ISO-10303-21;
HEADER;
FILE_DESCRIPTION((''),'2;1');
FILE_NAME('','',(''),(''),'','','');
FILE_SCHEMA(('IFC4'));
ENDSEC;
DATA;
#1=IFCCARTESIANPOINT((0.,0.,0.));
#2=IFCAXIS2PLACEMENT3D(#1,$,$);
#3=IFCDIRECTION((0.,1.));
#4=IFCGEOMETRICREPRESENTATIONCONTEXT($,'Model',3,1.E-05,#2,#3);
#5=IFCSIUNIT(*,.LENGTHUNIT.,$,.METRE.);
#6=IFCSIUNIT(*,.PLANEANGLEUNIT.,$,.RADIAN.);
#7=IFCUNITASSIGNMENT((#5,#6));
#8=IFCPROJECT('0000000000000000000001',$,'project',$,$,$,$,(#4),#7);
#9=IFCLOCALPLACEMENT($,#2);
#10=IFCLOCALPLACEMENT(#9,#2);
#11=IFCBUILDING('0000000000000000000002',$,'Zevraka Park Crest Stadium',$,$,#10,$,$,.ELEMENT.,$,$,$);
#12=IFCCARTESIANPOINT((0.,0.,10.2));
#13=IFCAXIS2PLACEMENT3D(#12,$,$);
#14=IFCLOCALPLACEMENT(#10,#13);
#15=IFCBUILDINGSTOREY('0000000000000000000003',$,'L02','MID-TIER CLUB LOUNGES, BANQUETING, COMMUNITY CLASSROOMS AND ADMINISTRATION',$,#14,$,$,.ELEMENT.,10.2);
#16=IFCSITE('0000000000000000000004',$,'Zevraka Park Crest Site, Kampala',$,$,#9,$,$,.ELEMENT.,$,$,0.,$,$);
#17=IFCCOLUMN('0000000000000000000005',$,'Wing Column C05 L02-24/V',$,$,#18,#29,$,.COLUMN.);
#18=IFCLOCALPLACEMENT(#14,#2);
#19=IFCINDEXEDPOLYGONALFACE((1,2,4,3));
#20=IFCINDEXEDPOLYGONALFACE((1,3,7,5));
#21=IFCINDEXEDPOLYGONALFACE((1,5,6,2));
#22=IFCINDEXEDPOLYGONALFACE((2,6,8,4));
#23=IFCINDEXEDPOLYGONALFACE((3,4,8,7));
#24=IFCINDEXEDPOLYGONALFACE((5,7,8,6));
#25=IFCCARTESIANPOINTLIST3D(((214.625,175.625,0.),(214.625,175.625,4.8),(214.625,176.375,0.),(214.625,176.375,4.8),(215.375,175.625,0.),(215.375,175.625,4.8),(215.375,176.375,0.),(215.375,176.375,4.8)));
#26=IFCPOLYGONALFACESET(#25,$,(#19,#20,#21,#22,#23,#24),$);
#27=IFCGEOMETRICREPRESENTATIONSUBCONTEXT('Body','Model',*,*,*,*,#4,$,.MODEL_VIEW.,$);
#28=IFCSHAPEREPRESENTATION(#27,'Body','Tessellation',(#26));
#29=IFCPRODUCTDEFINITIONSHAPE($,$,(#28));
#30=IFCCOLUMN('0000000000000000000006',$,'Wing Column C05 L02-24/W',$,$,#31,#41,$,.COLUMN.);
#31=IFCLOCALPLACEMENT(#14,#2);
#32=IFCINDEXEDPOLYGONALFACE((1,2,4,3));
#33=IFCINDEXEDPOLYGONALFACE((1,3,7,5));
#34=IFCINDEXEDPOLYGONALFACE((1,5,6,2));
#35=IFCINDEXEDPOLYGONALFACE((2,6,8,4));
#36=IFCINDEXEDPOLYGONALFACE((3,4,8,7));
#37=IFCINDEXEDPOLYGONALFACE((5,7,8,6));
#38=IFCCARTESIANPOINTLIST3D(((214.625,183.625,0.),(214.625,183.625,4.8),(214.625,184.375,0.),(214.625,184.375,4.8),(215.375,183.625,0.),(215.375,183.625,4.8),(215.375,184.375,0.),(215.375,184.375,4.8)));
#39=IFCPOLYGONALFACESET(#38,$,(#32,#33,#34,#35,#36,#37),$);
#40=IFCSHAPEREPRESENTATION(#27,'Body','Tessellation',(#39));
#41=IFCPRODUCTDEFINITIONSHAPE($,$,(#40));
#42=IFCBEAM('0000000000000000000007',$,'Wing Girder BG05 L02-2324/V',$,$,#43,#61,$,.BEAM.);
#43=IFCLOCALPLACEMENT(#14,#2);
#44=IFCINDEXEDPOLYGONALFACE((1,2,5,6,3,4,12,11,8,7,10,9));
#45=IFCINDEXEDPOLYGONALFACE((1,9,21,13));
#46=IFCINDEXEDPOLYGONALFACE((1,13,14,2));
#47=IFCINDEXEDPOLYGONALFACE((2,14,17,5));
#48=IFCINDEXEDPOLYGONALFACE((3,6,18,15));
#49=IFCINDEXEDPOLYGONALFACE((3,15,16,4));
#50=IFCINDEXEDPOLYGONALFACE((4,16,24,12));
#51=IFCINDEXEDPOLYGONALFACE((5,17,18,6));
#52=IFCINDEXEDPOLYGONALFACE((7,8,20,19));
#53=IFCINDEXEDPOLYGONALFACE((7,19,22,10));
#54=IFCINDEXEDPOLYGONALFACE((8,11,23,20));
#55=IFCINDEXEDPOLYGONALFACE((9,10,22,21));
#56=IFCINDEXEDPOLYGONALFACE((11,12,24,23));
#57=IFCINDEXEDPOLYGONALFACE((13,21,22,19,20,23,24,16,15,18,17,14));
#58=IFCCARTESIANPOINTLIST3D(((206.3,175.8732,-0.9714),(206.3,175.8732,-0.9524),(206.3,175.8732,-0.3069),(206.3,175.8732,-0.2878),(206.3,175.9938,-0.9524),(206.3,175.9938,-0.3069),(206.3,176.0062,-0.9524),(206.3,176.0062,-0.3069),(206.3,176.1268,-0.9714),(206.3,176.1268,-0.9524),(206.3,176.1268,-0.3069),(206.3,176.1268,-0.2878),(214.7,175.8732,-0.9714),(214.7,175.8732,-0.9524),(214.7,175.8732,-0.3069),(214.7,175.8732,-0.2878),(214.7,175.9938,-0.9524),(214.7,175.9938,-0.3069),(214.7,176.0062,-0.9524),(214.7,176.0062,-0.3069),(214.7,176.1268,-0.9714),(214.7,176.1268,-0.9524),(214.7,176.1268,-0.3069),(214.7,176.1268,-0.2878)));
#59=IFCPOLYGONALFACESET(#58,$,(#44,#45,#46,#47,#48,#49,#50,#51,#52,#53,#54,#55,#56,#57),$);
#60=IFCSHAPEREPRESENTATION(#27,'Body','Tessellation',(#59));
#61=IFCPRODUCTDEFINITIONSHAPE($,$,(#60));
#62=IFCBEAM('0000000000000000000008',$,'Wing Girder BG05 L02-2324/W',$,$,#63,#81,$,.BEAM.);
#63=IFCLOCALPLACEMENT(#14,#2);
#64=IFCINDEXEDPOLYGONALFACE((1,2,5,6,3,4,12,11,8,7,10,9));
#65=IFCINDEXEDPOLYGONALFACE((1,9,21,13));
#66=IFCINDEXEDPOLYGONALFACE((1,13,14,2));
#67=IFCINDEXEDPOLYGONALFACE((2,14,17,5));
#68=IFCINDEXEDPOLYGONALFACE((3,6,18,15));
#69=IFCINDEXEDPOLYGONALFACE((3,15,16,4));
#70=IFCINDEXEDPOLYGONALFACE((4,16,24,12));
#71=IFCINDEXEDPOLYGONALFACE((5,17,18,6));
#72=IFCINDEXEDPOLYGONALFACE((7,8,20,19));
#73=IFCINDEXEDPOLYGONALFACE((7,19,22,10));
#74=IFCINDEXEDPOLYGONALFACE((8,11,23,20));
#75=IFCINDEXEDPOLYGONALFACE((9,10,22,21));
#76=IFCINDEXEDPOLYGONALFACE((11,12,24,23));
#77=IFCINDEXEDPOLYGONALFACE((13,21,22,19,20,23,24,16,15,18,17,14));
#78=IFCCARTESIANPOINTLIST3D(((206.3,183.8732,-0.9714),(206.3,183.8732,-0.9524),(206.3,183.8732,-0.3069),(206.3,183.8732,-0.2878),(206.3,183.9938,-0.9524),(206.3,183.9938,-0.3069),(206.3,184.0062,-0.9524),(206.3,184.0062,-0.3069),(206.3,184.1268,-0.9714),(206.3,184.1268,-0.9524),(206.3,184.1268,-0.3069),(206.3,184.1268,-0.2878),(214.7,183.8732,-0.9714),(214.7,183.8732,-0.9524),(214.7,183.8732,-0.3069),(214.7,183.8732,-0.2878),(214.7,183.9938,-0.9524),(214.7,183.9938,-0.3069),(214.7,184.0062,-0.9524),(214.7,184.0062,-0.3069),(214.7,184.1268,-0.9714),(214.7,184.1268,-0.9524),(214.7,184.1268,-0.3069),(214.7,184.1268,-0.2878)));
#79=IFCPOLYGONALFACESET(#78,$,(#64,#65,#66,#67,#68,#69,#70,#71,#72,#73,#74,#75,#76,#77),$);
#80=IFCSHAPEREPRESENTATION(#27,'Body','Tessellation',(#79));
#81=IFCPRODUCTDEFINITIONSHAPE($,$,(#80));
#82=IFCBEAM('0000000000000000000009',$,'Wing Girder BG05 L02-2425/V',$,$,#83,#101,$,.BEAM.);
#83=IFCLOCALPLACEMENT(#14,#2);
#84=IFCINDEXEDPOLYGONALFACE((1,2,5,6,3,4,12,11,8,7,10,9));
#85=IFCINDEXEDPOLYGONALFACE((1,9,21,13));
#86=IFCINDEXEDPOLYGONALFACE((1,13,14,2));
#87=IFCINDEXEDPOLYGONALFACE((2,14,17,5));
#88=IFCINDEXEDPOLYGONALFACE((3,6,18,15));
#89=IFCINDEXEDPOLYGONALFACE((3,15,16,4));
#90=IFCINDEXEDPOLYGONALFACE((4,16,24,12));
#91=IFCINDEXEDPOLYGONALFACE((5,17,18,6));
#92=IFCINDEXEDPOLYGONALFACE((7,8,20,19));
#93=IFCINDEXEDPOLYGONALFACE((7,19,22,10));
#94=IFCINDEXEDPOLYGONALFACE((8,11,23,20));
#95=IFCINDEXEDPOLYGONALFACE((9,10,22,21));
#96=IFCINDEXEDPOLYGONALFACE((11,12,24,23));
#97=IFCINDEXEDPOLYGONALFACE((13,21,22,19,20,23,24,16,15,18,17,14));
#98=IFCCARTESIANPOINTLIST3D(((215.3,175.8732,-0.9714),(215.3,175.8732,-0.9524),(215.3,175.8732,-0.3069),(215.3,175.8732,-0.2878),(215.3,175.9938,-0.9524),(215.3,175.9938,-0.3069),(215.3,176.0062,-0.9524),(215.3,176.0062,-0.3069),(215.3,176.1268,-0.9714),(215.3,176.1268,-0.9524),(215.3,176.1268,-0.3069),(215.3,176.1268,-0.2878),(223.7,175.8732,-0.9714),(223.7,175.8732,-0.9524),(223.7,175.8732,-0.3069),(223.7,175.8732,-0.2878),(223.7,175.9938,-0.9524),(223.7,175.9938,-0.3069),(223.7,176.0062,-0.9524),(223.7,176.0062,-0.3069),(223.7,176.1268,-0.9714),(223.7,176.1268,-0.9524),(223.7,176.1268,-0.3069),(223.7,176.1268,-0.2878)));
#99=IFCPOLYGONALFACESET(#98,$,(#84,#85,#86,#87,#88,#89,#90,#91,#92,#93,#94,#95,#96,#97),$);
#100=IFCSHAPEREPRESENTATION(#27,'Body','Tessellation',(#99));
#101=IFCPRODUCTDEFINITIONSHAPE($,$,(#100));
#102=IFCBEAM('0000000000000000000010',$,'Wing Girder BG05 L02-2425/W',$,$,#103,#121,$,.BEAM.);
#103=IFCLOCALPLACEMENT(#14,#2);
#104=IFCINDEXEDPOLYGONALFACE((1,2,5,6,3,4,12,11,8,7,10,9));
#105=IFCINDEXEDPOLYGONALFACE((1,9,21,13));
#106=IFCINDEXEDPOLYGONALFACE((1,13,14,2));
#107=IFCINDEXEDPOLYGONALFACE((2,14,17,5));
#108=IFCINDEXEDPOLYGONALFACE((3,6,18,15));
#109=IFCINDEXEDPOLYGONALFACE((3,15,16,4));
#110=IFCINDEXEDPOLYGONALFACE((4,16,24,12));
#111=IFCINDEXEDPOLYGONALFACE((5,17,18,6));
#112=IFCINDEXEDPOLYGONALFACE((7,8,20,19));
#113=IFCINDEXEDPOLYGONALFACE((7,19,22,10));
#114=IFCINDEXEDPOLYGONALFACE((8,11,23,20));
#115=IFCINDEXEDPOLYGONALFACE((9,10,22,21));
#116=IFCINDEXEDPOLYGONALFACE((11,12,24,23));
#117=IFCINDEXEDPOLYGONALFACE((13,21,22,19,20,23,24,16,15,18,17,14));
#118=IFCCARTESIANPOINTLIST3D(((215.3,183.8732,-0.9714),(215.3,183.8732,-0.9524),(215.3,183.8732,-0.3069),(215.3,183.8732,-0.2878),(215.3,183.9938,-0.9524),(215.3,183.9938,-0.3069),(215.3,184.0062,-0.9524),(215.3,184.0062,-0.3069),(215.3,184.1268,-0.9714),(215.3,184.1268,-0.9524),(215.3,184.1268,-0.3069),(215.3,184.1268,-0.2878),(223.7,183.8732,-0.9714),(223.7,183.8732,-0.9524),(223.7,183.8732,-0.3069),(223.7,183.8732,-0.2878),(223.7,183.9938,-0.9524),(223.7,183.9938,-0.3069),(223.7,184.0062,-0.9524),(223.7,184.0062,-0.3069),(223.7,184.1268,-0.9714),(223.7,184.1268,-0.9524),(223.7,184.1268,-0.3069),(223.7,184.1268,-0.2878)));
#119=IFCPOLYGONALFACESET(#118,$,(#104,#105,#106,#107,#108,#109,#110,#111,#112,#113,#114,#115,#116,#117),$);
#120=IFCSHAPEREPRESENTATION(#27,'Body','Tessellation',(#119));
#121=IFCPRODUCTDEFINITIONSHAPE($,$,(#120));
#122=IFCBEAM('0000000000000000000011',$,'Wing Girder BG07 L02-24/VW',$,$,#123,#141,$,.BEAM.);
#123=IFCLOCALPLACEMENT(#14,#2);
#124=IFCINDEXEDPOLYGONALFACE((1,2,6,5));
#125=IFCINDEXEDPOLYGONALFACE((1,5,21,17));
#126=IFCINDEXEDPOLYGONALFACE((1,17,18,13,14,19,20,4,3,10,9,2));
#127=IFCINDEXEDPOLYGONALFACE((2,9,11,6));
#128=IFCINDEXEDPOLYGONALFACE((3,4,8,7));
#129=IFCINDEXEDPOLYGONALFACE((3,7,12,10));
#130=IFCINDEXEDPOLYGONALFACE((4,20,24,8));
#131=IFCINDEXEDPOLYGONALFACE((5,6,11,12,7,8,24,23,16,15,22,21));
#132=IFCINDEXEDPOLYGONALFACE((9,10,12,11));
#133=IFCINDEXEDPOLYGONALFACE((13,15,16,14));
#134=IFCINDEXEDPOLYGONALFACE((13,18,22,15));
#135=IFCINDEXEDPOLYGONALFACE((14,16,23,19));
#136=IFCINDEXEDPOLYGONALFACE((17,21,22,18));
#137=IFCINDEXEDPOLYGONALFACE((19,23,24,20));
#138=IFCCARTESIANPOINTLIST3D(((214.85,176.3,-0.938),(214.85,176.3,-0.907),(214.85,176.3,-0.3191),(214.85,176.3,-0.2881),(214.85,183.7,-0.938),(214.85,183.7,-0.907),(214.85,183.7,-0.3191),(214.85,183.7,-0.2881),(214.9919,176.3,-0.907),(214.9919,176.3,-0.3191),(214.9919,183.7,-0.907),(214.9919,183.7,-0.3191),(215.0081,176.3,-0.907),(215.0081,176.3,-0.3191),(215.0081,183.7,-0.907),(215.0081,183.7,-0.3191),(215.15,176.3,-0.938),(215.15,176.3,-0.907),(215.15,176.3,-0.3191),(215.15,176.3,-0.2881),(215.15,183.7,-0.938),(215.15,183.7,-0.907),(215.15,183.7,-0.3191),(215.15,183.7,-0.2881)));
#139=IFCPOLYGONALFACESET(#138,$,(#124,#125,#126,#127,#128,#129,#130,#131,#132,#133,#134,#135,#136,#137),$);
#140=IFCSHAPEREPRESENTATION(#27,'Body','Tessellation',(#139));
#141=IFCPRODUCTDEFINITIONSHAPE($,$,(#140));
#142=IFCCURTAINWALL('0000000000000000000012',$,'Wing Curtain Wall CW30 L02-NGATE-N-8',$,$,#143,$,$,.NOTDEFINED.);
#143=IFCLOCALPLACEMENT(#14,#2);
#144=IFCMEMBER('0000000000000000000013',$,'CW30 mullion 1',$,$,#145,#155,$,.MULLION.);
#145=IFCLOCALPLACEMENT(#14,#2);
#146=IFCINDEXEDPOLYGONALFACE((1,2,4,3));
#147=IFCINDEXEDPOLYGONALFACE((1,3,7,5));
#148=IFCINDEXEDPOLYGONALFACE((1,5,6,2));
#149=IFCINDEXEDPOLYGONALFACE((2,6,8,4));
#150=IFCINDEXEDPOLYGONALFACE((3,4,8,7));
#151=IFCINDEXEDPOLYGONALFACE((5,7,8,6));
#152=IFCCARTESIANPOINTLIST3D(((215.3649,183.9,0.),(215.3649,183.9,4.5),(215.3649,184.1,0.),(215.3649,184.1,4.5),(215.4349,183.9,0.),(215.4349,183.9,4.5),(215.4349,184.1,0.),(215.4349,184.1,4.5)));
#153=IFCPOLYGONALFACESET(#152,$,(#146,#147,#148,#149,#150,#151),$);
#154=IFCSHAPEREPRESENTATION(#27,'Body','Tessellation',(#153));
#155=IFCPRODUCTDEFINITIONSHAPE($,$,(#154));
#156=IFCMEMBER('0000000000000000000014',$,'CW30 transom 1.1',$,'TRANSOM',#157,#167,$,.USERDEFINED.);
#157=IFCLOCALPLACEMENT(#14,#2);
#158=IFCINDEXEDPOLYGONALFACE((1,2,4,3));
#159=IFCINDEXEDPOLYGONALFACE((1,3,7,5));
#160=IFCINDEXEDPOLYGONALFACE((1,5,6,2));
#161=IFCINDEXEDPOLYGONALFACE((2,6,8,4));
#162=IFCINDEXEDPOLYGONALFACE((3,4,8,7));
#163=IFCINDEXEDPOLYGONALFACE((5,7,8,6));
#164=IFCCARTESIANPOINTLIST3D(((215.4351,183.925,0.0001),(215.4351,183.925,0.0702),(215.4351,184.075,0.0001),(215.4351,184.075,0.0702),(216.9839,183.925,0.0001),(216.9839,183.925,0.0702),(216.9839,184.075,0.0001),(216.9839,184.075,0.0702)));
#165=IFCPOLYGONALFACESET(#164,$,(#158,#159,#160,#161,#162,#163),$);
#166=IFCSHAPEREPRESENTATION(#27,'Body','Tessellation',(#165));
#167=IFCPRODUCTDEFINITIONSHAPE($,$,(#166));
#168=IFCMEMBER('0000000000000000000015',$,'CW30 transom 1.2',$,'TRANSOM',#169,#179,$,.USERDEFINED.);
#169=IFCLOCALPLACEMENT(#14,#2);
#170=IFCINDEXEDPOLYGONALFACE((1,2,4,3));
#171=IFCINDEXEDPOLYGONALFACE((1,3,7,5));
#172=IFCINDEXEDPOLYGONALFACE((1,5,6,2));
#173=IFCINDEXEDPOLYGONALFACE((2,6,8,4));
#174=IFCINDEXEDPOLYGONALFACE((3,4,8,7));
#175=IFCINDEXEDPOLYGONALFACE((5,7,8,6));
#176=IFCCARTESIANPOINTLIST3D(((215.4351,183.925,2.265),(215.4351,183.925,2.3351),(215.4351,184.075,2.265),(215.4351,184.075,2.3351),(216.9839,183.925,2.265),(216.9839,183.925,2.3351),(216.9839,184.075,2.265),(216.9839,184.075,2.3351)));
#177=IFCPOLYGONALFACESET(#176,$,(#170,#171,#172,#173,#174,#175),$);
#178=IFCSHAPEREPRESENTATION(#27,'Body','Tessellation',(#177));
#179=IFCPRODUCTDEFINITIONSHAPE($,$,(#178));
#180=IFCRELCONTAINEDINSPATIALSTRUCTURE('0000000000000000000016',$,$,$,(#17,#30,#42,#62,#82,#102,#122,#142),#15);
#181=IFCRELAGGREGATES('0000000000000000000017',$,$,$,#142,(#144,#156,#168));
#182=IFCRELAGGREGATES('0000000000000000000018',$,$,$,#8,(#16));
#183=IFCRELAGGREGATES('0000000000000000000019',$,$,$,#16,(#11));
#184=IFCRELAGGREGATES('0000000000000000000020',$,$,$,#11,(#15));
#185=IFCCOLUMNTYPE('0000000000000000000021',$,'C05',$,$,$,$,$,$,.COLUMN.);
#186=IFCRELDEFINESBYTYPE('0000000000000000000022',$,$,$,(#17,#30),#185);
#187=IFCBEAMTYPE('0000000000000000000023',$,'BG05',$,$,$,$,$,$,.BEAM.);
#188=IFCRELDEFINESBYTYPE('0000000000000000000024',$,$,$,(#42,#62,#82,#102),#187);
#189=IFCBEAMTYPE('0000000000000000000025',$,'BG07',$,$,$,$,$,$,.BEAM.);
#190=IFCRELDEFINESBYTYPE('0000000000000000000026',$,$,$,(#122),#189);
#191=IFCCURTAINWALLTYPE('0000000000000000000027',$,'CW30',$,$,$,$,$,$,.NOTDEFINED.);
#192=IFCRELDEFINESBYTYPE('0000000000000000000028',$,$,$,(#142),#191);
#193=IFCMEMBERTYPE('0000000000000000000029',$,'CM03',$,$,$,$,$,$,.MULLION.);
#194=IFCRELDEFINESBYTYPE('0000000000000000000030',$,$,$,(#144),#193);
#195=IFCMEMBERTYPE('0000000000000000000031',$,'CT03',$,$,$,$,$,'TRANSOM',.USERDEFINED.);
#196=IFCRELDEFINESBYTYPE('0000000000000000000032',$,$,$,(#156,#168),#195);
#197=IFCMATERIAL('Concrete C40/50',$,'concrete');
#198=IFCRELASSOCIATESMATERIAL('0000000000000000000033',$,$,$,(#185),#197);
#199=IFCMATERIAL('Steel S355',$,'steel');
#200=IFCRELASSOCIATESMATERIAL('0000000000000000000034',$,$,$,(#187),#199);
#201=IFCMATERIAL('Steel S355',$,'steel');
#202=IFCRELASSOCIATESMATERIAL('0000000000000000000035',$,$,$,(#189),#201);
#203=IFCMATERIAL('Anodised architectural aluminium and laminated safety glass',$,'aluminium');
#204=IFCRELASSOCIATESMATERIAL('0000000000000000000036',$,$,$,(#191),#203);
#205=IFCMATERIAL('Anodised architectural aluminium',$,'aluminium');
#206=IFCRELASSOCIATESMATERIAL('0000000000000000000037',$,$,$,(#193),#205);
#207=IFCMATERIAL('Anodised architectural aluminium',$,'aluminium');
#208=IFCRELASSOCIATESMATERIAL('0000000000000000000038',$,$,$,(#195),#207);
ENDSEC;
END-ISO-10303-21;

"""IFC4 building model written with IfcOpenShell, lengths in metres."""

from ifc_helpers import new_model, si_unit, direction, frame, origin, origin_2d, place, context, subcontext, project, spatial, rectangle, i_section, extrude, material, material_profile, profile_set, type_object, element, aggregate, save


model = new_model("IFC4")

# Units and contexts
model_context = context("Model", 3, precision=1e-05, world=origin(), true_north=direction((0.0, 1.0)))
body_context = subcontext(model_context, "Body", "Model", "MODEL_VIEW")
ifc_project = project(units=[si_unit("LENGTHUNIT", "METRE"), si_unit("PLANEANGLEUNIT", "RADIAN")], contexts=[model_context])

# Site, building, storey
site_placement = place(None, origin())
site = spatial("IfcSite", under=ifc_project, at=site_placement, Name="Zevraka Park Crest Site, Kampala", CompositionType="ELEMENT", RefElevation=0.0)
building_placement = place(site_placement, origin())
building = spatial("IfcBuilding", under=site, at=building_placement, Name="Zevraka Park Crest Stadium", CompositionType="ELEMENT")
storey_placement = place(building_placement, frame((0.0, 0.0, 10.2)))
storey = spatial("IfcBuildingStorey", under=building, at=storey_placement, Name="L02", Description="MID-TIER CLUB LOUNGES, BANQUETING, COMMUNITY CLASSROOMS AND ADMINISTRATION", CompositionType="ELEMENT", Elevation=10.2)

# Columns
ifc_material_1 = material(Name="Concrete C40/50", Category="concrete")
ifc_material_profile_1 = material_profile(ifc_material_1, rectangle(XDim=0.75, YDim=0.75, at=origin_2d()), Name="RC 750x750")
ifc_profile_set_1 = profile_set([ifc_material_profile_1], Name="Concrete C40/50")
column_type = type_object("IfcColumnType", Name="C05", PredefinedType="COLUMN", material=ifc_profile_set_1)
for number, where, z_axis, x_axis, name in (
    (1, (215.0, 176.0, 0.0), (0.0, 0.0, 1.0), (1.0, 0.0, 0.0), "Wing Column C05 L02-24/V"),
    (2, (215.0, 184.0, 0.0), (0.0, 0.0, 1.0), (1.0, 0.0, 0.0), "Wing Column C05 L02-24/W"),
):
    element("IfcColumn", number, at=place(storey_placement, frame(where, z_axis=z_axis, x_axis=x_axis)), inside=storey, type_object=column_type, Name=name, PredefinedType="COLUMN", context=body_context, shape_type="SweptSolid", body=[
        extrude(rectangle(XDim=0.75, YDim=0.75, at=origin_2d()), origin(), (0.0, 0.0, 1.0), 4.8),
    ])

# Beams
ifc_material_2 = material(Name="Steel S355", Category="steel")
ifc_material_profile_2 = material_profile(ifc_material_2, i_section(OverallWidth=0.2537, OverallDepth=0.6836, WebThickness=0.0125, FlangeThickness=0.019, at=origin_2d()), Name="UKB 686x254x140")
ifc_profile_set_2 = profile_set([ifc_material_profile_2], Name="Steel S355")
beam_type_1 = type_object("IfcBeamType", Name="BG05", PredefinedType="BEAM", material=ifc_profile_set_2)
for number, where, z_axis, x_axis, name in (
    (3, (206.3, 176.0, -0.6296), (1.0, 0.0, 0.0), (0.0, 1.0, 0.0), "Wing Girder BG05 L02-2324/V"),
    (4, (206.3, 184.0, -0.6296), (1.0, 0.0, 0.0), (0.0, 1.0, 0.0), "Wing Girder BG05 L02-2324/W"),
    (5, (215.3, 176.0, -0.6296), (1.0, 0.0, 0.0), (0.0, 1.0, 0.0), "Wing Girder BG05 L02-2425/V"),
    (6, (215.3, 184.0, -0.6296), (1.0, 0.0, 0.0), (0.0, 1.0, 0.0), "Wing Girder BG05 L02-2425/W"),
):
    element("IfcBeam", number, at=place(storey_placement, frame(where, z_axis=z_axis, x_axis=x_axis)), inside=storey, type_object=beam_type_1, Name=name, PredefinedType="BEAM", context=body_context, shape_type="SweptSolid", body=[
        extrude(i_section(OverallWidth=0.2537, OverallDepth=0.6836, WebThickness=0.0125, FlangeThickness=0.019, at=origin_2d()), origin(), (0.0, 0.0, 1.0), 8.3999),
    ])
ifc_material_3 = material(Name="Steel S355", Category="steel")
ifc_material_profile_3 = material_profile(ifc_material_3, i_section(OverallWidth=0.3, OverallDepth=0.6499, WebThickness=0.0161, FlangeThickness=0.031, at=origin_2d()), Name="HEB 650")
ifc_profile_set_3 = profile_set([ifc_material_profile_3], Name="Steel S355")
beam_type_2 = type_object("IfcBeamType", Name="BG07", PredefinedType="BEAM", material=ifc_profile_set_3)
beam_placement = place(storey_placement, frame((215.0, 176.3, -0.613), z_axis=(0.0, 1.0, 0.0), x_axis=(-1.0, 0.0, 0.0)))
element("IfcBeam", 7, at=beam_placement, inside=storey, type_object=beam_type_2, Name="Wing Girder BG07 L02-24/VW", PredefinedType="BEAM", context=body_context, shape_type="SweptSolid", body=[
    extrude(i_section(OverallWidth=0.3, OverallDepth=0.6499, WebThickness=0.0161, FlangeThickness=0.031, at=origin_2d()), origin(), (0.0, 0.0, 1.0), 7.3999),
])

# Curtain wall, members
ifc_material_4 = material(Name="Anodised architectural aluminium and laminated safety glass", Category="aluminium")
curtain_wall_type = type_object("IfcCurtainWallType", Name="CW30", PredefinedType="NOTDEFINED", material=ifc_material_4)
curtain_wall_placement = place(storey_placement, origin())
curtain_wall = element("IfcCurtainWall", 8, at=curtain_wall_placement, inside=storey, type_object=curtain_wall_type, Name="Wing Curtain Wall CW30 L02-NGATE-N-8", PredefinedType="NOTDEFINED")
ifc_material_5 = material(Name="Anodised architectural aluminium", Category="aluminium")
ifc_material_profile_4 = material_profile(ifc_material_5, rectangle(XDim=0.2, YDim=0.0701, at=origin_2d()), Name="ALU MULLION 200x70")
ifc_profile_set_4 = profile_set([ifc_material_profile_4], Name="Anodised architectural aluminium")
member_type_1 = type_object("IfcMemberType", Name="CM03", PredefinedType="MULLION", material=ifc_profile_set_4)
member_1_placement = place(storey_placement, frame((215.3999, 184.0, 0.0), z_axis=(0.0, 0.0, 1.0), x_axis=(0.0, 1.0, 0.0)))
member_1 = element("IfcMember", 9, at=member_1_placement, type_object=member_type_1, Name="CW30 mullion 1", PredefinedType="MULLION", context=body_context, shape_type="SweptSolid", body=[
    extrude(rectangle(XDim=0.2, YDim=0.0701, at=origin_2d()), origin(), (0.0, 0.0, 1.0), 4.5),
])
ifc_material_6 = material(Name="Anodised architectural aluminium", Category="aluminium")
ifc_material_profile_5 = material_profile(ifc_material_6, rectangle(XDim=0.1499, YDim=0.0701, at=origin_2d()), Name="ALU TRANSOM 150x70")
ifc_profile_set_5 = profile_set([ifc_material_profile_5], Name="Anodised architectural aluminium")
member_type_2 = type_object("IfcMemberType", Name="CT03", ElementType="TRANSOM", PredefinedType="USERDEFINED", material=ifc_profile_set_5)
member_2_placement = place(storey_placement, frame((215.4351, 184.0, 0.0352), z_axis=(1.0, 0.0, 0.0), x_axis=(0.0, 1.0, 0.0)))
member_2 = element("IfcMember", 10, at=member_2_placement, type_object=member_type_2, Name="CW30 transom 1.1", ObjectType="TRANSOM", PredefinedType="USERDEFINED", context=body_context, shape_type="SweptSolid", body=[
    extrude(rectangle(XDim=0.1499, YDim=0.0701, at=origin_2d()), origin(), (0.0, 0.0, 1.0), 1.5488),
])
member_3_placement = place(storey_placement, frame((215.4351, 184.0, 2.3), z_axis=(1.0, 0.0, 0.0), x_axis=(0.0, 1.0, 0.0)))
member_3 = element("IfcMember", 11, at=member_3_placement, type_object=member_type_2, Name="CW30 transom 1.2", ObjectType="TRANSOM", PredefinedType="USERDEFINED", context=body_context, shape_type="SweptSolid", body=[
    extrude(rectangle(XDim=0.1499, YDim=0.0701, at=origin_2d()), origin(), (0.0, 0.0, 1.0), 1.5488),
])
aggregate(curtain_wall, [member_1, member_2, member_3])

save(model, "model.ifc")
